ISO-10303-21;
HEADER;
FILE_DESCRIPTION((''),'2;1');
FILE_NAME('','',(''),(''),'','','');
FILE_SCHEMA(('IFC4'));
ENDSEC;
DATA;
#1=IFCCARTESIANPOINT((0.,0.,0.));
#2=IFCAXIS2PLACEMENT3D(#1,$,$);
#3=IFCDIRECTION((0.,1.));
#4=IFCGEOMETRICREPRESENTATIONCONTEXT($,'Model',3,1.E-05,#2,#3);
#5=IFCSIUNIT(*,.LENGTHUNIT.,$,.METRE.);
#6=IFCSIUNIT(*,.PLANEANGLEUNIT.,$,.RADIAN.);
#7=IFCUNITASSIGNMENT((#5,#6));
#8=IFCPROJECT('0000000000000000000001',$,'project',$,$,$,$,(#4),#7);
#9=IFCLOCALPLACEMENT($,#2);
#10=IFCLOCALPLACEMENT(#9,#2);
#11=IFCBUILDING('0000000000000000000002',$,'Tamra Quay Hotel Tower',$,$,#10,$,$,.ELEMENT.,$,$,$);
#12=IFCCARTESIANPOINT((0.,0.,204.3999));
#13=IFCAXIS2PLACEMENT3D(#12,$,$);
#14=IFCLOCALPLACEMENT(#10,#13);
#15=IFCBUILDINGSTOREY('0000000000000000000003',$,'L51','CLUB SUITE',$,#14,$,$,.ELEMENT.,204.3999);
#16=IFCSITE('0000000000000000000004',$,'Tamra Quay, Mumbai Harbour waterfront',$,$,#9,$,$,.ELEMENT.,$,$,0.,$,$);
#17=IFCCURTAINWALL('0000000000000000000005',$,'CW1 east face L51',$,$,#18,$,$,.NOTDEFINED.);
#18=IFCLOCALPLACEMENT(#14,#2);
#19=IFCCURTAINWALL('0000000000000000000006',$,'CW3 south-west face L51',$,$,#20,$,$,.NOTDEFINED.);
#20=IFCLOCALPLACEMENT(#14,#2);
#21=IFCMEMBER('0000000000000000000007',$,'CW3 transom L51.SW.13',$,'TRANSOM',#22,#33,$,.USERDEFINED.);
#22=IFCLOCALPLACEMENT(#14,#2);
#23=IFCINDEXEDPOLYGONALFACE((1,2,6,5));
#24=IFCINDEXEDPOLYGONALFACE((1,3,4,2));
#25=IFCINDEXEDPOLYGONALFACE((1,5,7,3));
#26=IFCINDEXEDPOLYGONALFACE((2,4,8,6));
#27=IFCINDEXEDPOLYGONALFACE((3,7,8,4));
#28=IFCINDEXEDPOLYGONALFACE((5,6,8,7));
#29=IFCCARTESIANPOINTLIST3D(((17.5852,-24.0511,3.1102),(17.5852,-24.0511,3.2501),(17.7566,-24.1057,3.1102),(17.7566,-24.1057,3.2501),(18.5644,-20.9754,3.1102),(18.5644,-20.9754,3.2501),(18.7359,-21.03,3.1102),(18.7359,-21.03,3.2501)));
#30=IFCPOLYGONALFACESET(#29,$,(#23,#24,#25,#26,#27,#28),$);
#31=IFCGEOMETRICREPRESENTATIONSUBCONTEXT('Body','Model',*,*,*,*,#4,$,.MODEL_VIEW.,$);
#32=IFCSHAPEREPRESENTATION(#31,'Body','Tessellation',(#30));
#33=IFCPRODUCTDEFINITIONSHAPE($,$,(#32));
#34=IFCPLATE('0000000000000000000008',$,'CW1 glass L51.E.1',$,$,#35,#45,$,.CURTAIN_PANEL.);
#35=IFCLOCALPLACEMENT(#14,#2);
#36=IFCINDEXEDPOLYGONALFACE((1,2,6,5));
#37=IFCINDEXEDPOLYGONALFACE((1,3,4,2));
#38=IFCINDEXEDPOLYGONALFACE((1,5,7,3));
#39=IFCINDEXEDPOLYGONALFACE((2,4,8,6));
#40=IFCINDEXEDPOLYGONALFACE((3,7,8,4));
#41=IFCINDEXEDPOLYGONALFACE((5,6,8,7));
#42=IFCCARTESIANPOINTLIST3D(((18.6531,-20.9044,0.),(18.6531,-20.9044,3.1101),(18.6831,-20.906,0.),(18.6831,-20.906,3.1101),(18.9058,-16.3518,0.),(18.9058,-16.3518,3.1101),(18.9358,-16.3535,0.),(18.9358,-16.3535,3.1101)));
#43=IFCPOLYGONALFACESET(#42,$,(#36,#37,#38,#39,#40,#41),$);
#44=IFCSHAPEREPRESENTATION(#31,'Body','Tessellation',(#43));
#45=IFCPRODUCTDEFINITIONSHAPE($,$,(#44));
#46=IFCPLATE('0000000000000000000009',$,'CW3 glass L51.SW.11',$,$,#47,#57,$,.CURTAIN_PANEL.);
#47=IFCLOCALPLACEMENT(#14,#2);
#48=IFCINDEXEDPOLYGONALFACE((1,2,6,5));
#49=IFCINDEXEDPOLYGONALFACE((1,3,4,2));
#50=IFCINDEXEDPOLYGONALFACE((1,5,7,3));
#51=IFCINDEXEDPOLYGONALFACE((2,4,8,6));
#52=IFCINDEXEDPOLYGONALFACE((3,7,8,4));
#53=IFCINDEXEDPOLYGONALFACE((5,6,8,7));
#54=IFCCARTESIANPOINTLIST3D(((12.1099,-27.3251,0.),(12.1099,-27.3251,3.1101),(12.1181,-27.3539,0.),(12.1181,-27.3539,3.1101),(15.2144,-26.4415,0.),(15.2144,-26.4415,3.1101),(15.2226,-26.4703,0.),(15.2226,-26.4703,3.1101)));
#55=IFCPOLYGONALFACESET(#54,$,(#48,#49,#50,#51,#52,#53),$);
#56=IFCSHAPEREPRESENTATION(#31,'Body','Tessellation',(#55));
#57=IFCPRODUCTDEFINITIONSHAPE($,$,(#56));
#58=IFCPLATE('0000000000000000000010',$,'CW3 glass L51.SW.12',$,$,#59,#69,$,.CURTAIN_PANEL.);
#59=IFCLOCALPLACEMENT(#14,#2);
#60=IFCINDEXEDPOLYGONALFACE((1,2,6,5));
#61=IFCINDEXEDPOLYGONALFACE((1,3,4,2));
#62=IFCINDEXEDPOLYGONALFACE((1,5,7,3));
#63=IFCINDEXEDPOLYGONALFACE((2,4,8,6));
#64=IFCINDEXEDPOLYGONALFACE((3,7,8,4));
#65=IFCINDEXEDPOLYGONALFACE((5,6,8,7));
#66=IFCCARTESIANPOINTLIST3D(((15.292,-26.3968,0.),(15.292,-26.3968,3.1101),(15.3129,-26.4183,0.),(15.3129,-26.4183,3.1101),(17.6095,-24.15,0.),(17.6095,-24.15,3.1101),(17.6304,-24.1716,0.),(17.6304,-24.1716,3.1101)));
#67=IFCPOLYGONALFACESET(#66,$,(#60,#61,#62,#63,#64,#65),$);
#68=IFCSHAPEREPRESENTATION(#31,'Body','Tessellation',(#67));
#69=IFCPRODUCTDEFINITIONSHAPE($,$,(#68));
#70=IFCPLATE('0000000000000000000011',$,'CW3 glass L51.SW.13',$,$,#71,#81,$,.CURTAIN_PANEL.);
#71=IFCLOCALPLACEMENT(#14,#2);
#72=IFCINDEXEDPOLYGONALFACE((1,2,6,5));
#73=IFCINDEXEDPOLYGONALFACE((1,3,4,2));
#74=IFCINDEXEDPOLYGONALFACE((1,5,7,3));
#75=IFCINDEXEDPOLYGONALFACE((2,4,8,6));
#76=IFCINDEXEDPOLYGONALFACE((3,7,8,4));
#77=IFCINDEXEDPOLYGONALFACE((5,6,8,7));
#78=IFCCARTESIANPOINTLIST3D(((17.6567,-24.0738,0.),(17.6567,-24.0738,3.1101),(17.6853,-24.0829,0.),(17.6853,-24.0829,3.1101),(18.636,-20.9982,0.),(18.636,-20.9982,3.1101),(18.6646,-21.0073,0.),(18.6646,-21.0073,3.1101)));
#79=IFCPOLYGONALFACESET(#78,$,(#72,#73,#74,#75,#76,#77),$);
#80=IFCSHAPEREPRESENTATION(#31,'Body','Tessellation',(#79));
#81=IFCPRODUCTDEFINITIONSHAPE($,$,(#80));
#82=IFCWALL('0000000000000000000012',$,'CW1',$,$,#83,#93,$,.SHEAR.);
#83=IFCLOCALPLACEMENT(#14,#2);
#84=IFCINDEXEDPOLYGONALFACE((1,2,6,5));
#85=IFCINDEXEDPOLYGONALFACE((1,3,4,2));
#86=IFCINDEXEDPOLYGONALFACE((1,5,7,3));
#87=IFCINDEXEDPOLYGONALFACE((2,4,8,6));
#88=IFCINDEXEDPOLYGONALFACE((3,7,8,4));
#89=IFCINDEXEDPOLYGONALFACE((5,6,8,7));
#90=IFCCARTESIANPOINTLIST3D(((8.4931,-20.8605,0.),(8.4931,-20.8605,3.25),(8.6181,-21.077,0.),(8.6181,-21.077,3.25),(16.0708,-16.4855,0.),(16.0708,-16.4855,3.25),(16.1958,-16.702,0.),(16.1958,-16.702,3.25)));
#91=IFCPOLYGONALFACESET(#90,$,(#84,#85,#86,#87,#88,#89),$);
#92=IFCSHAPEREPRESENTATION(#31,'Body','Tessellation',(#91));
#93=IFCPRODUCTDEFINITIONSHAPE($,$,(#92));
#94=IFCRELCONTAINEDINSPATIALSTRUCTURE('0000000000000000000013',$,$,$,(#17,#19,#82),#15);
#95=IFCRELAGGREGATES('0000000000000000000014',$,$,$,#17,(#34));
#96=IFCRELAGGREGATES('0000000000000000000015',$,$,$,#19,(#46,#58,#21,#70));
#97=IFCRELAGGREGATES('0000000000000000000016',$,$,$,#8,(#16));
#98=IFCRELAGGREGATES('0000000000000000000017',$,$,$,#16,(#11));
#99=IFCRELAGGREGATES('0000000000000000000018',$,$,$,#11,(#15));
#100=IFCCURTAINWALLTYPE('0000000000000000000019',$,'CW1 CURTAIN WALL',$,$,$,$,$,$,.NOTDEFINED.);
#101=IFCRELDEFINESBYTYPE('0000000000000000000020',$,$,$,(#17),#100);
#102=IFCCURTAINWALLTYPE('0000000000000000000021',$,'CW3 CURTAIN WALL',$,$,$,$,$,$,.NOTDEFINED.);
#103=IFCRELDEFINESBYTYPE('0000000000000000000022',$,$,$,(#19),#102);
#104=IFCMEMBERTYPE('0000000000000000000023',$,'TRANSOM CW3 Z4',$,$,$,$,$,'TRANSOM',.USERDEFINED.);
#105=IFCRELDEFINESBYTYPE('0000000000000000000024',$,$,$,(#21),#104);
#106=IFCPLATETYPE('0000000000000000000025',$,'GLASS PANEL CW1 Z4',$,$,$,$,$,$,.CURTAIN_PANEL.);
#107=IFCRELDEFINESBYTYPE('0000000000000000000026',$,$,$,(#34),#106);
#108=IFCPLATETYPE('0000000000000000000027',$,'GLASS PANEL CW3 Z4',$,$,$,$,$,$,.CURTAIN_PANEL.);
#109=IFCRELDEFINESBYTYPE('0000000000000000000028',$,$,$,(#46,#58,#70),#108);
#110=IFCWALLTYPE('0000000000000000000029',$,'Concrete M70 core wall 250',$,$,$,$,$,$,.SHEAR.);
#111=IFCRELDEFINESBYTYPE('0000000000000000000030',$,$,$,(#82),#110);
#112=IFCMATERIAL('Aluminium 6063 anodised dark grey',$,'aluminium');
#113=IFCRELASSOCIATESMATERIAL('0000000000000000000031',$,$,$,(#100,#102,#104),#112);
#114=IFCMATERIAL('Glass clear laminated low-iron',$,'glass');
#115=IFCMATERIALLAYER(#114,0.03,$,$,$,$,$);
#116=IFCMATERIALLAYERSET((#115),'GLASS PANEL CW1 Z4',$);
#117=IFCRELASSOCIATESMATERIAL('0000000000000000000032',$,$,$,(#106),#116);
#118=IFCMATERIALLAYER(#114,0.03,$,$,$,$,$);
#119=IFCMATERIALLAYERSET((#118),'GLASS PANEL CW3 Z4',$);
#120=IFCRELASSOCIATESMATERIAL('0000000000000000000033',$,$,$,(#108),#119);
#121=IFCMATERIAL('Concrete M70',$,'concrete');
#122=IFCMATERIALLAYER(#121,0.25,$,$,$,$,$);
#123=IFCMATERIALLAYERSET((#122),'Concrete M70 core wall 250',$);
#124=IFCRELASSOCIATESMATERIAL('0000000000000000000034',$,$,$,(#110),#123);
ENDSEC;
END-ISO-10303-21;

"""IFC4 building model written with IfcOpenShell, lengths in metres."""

from ifc_helpers import new_model, si_unit, direction, frame, frame_2d, origin, origin_2d, place, context, subcontext, project, spatial, rectangle, extrude, material, layer, layer_set, material_profile, profile_set, type_object, element, aggregate, save


model = new_model("IFC4")

# Units and contexts
model_context = context("Model", 3, precision=1e-05, world=origin(), true_north=direction((0.0, 1.0)))
body_context = subcontext(model_context, "Body", "Model", "MODEL_VIEW")
ifc_project = project(units=[si_unit("LENGTHUNIT", "METRE"), si_unit("PLANEANGLEUNIT", "RADIAN")], contexts=[model_context])

# Site, building, storey
site_placement = place(None, origin())
site = spatial("IfcSite", under=ifc_project, at=site_placement, Name="Tamra Quay, Mumbai Harbour waterfront", CompositionType="ELEMENT", RefElevation=0.0)
building_placement = place(site_placement, origin())
building = spatial("IfcBuilding", under=site, at=building_placement, Name="Tamra Quay Hotel Tower", CompositionType="ELEMENT")
storey_placement = place(building_placement, frame((0.0, 0.0, 204.3999)))
storey = spatial("IfcBuildingStorey", under=building, at=storey_placement, Name="L51", Description="CLUB SUITE", CompositionType="ELEMENT", Elevation=204.3999)

# Shared definitions
ifc_material_1 = material(Name="Concrete M70", Category="concrete")

# Curtain walls
ifc_material_2 = material(Name="Aluminium 6063 anodised dark grey", Category="aluminium")
curtain_wall_type_1 = type_object("IfcCurtainWallType", Name="CW1 CURTAIN WALL", PredefinedType="NOTDEFINED", material=ifc_material_2)
curtain_wall_1_placement = place(storey_placement, origin())
curtain_wall_1 = element("IfcCurtainWall", 1, at=curtain_wall_1_placement, inside=storey, type_object=curtain_wall_type_1, Name="CW1 east face L51", PredefinedType="NOTDEFINED")
curtain_wall_type_2 = type_object("IfcCurtainWallType", Name="CW3 CURTAIN WALL", PredefinedType="NOTDEFINED", material=ifc_material_2)
curtain_wall_2_placement = place(storey_placement, origin())
curtain_wall_2 = element("IfcCurtainWall", 2, at=curtain_wall_2_placement, inside=storey, type_object=curtain_wall_type_2, Name="CW3 south-west face L51", PredefinedType="NOTDEFINED")

# Member
ifc_material_profile_1 = material_profile(ifc_material_2, rectangle(XDim=0.1799, YDim=0.1399, at=origin_2d()), Name="TRANSOM 180X140")
ifc_profile_set_1 = profile_set([ifc_material_profile_1], Name="Aluminium 6063 anodised dark grey")
member_type_1 = type_object("IfcMemberType", Name="TRANSOM CW3 Z4", ElementType="TRANSOM", PredefinedType="USERDEFINED", material=ifc_profile_set_1)
member_1_placement = place(storey_placement, frame((17.6709, -24.0784, 3.1802), z_axis=(0.303378, 0.95287, 0.0), x_axis=(-0.95287, 0.303378, 0.0)))
member_1 = element("IfcMember", 3, at=member_1_placement, type_object=member_type_1, Name="CW3 transom L51.SW.13", ObjectType="TRANSOM", PredefinedType="USERDEFINED", context=body_context, shape_type="SweptSolid", body=[
    extrude(rectangle(XDim=0.1799, YDim=0.1399, at=origin_2d()), origin(), (0.0, 0.0, 1.0), 3.2278),
])

# Plates
ifc_material_3 = material(Name="Glass clear laminated low-iron", Category="glass")
ifc_layer_1 = layer(ifc_material_3, 0.03)
ifc_layer_set_1 = layer_set([ifc_layer_1], Name="GLASS PANEL CW1 Z4")
plate_type_1 = type_object("IfcPlateType", Name="GLASS PANEL CW1 Z4", PredefinedType="CURTAIN_PANEL", material=ifc_layer_set_1)
plate_1_placement = place(storey_placement, frame((18.7944, -18.6289, 0.0), z_axis=(0.0, 0.0, 1.0), x_axis=(0.055417, 0.998463, 0.0)))
plate_1 = element("IfcPlate", 4, at=plate_1_placement, type_object=plate_type_1, Name="CW1 glass L51.E.1", PredefinedType="CURTAIN_PANEL", context=body_context, shape_type="SweptSolid", body=[
    extrude(rectangle(XDim=4.5596, YDim=0.03, at=origin_2d()), origin(), (0.0, 0.0, 1.0), 3.1101),
])
aggregate(curtain_wall_1, [plate_1])
ifc_layer_2 = layer(ifc_material_3, 0.03)
ifc_layer_set_2 = layer_set([ifc_layer_2], Name="GLASS PANEL CW3 Z4")
plate_type_2 = type_object("IfcPlateType", Name="GLASS PANEL CW3 Z4", PredefinedType="CURTAIN_PANEL", material=ifc_layer_set_2)
plate_2_placement = place(storey_placement, frame((13.6663, -26.8977, 0.0), z_axis=(0.0, 0.0, 1.0), x_axis=(0.961801, 0.27375, 0.0)))
plate_2 = element("IfcPlate", 5, at=plate_2_placement, type_object=plate_type_2, Name="CW3 glass L51.SW.11", PredefinedType="CURTAIN_PANEL", context=body_context, shape_type="SweptSolid", body=[
    extrude(rectangle(XDim=3.2278, YDim=0.03, at=origin_2d()), origin(), (0.0, 0.0, 1.0), 3.1101),
])
plate_3_placement = place(storey_placement, frame((16.4612, -25.2842, 0.0), z_axis=(0.0, 0.0, 1.0), x_axis=(0.717975, 0.696069, 0.0)))
plate_3 = element("IfcPlate", 6, at=plate_3_placement, type_object=plate_type_2, Name="CW3 glass L51.SW.12", PredefinedType="CURTAIN_PANEL", context=body_context, shape_type="SweptSolid", body=[
    extrude(rectangle(XDim=3.2278, YDim=0.03, at=origin_2d()), origin(), (0.0, 0.0, 1.0), 3.1101),
])
plate_4_placement = place(storey_placement, frame((18.1606, -22.5405, 0.0), z_axis=(0.0, 0.0, 1.0), x_axis=(0.30341, 0.95286, 0.0)))
plate_4 = element("IfcPlate", 7, at=plate_4_placement, type_object=plate_type_2, Name="CW3 glass L51.SW.13", PredefinedType="CURTAIN_PANEL", context=body_context, shape_type="SweptSolid", body=[
    extrude(rectangle(XDim=3.2278, YDim=0.03, at=origin_2d()), origin(), (0.0, 0.0, 1.0), 3.1101),
])
aggregate(curtain_wall_2, [plate_2, plate_3, member_1, plate_4])

# Wall
ifc_layer_3 = layer(ifc_material_1, 0.25)
ifc_layer_set_3 = layer_set([ifc_layer_3], Name="Concrete M70 core wall 250")
wall_type = type_object("IfcWallType", Name="Concrete M70 core wall 250", PredefinedType="SHEAR", material=ifc_layer_set_3)
wall_placement = place(storey_placement, frame((16.1333, -16.5938, 0.0), z_axis=(0.0, 0.0, 1.0), x_axis=(-0.866023, -0.500004, 0.0)))
element("IfcWall", 8, at=wall_placement, inside=storey, type_object=wall_type, Name="CW1", PredefinedType="SHEAR", context=body_context, shape_type="SweptSolid", body=[
    extrude(rectangle(XDim=8.75, YDim=0.25, at=frame_2d((4.375, 0.0))), origin(), (0.0, 0.0, 1.0), 3.25),
])

save(model, "model.ifc")
